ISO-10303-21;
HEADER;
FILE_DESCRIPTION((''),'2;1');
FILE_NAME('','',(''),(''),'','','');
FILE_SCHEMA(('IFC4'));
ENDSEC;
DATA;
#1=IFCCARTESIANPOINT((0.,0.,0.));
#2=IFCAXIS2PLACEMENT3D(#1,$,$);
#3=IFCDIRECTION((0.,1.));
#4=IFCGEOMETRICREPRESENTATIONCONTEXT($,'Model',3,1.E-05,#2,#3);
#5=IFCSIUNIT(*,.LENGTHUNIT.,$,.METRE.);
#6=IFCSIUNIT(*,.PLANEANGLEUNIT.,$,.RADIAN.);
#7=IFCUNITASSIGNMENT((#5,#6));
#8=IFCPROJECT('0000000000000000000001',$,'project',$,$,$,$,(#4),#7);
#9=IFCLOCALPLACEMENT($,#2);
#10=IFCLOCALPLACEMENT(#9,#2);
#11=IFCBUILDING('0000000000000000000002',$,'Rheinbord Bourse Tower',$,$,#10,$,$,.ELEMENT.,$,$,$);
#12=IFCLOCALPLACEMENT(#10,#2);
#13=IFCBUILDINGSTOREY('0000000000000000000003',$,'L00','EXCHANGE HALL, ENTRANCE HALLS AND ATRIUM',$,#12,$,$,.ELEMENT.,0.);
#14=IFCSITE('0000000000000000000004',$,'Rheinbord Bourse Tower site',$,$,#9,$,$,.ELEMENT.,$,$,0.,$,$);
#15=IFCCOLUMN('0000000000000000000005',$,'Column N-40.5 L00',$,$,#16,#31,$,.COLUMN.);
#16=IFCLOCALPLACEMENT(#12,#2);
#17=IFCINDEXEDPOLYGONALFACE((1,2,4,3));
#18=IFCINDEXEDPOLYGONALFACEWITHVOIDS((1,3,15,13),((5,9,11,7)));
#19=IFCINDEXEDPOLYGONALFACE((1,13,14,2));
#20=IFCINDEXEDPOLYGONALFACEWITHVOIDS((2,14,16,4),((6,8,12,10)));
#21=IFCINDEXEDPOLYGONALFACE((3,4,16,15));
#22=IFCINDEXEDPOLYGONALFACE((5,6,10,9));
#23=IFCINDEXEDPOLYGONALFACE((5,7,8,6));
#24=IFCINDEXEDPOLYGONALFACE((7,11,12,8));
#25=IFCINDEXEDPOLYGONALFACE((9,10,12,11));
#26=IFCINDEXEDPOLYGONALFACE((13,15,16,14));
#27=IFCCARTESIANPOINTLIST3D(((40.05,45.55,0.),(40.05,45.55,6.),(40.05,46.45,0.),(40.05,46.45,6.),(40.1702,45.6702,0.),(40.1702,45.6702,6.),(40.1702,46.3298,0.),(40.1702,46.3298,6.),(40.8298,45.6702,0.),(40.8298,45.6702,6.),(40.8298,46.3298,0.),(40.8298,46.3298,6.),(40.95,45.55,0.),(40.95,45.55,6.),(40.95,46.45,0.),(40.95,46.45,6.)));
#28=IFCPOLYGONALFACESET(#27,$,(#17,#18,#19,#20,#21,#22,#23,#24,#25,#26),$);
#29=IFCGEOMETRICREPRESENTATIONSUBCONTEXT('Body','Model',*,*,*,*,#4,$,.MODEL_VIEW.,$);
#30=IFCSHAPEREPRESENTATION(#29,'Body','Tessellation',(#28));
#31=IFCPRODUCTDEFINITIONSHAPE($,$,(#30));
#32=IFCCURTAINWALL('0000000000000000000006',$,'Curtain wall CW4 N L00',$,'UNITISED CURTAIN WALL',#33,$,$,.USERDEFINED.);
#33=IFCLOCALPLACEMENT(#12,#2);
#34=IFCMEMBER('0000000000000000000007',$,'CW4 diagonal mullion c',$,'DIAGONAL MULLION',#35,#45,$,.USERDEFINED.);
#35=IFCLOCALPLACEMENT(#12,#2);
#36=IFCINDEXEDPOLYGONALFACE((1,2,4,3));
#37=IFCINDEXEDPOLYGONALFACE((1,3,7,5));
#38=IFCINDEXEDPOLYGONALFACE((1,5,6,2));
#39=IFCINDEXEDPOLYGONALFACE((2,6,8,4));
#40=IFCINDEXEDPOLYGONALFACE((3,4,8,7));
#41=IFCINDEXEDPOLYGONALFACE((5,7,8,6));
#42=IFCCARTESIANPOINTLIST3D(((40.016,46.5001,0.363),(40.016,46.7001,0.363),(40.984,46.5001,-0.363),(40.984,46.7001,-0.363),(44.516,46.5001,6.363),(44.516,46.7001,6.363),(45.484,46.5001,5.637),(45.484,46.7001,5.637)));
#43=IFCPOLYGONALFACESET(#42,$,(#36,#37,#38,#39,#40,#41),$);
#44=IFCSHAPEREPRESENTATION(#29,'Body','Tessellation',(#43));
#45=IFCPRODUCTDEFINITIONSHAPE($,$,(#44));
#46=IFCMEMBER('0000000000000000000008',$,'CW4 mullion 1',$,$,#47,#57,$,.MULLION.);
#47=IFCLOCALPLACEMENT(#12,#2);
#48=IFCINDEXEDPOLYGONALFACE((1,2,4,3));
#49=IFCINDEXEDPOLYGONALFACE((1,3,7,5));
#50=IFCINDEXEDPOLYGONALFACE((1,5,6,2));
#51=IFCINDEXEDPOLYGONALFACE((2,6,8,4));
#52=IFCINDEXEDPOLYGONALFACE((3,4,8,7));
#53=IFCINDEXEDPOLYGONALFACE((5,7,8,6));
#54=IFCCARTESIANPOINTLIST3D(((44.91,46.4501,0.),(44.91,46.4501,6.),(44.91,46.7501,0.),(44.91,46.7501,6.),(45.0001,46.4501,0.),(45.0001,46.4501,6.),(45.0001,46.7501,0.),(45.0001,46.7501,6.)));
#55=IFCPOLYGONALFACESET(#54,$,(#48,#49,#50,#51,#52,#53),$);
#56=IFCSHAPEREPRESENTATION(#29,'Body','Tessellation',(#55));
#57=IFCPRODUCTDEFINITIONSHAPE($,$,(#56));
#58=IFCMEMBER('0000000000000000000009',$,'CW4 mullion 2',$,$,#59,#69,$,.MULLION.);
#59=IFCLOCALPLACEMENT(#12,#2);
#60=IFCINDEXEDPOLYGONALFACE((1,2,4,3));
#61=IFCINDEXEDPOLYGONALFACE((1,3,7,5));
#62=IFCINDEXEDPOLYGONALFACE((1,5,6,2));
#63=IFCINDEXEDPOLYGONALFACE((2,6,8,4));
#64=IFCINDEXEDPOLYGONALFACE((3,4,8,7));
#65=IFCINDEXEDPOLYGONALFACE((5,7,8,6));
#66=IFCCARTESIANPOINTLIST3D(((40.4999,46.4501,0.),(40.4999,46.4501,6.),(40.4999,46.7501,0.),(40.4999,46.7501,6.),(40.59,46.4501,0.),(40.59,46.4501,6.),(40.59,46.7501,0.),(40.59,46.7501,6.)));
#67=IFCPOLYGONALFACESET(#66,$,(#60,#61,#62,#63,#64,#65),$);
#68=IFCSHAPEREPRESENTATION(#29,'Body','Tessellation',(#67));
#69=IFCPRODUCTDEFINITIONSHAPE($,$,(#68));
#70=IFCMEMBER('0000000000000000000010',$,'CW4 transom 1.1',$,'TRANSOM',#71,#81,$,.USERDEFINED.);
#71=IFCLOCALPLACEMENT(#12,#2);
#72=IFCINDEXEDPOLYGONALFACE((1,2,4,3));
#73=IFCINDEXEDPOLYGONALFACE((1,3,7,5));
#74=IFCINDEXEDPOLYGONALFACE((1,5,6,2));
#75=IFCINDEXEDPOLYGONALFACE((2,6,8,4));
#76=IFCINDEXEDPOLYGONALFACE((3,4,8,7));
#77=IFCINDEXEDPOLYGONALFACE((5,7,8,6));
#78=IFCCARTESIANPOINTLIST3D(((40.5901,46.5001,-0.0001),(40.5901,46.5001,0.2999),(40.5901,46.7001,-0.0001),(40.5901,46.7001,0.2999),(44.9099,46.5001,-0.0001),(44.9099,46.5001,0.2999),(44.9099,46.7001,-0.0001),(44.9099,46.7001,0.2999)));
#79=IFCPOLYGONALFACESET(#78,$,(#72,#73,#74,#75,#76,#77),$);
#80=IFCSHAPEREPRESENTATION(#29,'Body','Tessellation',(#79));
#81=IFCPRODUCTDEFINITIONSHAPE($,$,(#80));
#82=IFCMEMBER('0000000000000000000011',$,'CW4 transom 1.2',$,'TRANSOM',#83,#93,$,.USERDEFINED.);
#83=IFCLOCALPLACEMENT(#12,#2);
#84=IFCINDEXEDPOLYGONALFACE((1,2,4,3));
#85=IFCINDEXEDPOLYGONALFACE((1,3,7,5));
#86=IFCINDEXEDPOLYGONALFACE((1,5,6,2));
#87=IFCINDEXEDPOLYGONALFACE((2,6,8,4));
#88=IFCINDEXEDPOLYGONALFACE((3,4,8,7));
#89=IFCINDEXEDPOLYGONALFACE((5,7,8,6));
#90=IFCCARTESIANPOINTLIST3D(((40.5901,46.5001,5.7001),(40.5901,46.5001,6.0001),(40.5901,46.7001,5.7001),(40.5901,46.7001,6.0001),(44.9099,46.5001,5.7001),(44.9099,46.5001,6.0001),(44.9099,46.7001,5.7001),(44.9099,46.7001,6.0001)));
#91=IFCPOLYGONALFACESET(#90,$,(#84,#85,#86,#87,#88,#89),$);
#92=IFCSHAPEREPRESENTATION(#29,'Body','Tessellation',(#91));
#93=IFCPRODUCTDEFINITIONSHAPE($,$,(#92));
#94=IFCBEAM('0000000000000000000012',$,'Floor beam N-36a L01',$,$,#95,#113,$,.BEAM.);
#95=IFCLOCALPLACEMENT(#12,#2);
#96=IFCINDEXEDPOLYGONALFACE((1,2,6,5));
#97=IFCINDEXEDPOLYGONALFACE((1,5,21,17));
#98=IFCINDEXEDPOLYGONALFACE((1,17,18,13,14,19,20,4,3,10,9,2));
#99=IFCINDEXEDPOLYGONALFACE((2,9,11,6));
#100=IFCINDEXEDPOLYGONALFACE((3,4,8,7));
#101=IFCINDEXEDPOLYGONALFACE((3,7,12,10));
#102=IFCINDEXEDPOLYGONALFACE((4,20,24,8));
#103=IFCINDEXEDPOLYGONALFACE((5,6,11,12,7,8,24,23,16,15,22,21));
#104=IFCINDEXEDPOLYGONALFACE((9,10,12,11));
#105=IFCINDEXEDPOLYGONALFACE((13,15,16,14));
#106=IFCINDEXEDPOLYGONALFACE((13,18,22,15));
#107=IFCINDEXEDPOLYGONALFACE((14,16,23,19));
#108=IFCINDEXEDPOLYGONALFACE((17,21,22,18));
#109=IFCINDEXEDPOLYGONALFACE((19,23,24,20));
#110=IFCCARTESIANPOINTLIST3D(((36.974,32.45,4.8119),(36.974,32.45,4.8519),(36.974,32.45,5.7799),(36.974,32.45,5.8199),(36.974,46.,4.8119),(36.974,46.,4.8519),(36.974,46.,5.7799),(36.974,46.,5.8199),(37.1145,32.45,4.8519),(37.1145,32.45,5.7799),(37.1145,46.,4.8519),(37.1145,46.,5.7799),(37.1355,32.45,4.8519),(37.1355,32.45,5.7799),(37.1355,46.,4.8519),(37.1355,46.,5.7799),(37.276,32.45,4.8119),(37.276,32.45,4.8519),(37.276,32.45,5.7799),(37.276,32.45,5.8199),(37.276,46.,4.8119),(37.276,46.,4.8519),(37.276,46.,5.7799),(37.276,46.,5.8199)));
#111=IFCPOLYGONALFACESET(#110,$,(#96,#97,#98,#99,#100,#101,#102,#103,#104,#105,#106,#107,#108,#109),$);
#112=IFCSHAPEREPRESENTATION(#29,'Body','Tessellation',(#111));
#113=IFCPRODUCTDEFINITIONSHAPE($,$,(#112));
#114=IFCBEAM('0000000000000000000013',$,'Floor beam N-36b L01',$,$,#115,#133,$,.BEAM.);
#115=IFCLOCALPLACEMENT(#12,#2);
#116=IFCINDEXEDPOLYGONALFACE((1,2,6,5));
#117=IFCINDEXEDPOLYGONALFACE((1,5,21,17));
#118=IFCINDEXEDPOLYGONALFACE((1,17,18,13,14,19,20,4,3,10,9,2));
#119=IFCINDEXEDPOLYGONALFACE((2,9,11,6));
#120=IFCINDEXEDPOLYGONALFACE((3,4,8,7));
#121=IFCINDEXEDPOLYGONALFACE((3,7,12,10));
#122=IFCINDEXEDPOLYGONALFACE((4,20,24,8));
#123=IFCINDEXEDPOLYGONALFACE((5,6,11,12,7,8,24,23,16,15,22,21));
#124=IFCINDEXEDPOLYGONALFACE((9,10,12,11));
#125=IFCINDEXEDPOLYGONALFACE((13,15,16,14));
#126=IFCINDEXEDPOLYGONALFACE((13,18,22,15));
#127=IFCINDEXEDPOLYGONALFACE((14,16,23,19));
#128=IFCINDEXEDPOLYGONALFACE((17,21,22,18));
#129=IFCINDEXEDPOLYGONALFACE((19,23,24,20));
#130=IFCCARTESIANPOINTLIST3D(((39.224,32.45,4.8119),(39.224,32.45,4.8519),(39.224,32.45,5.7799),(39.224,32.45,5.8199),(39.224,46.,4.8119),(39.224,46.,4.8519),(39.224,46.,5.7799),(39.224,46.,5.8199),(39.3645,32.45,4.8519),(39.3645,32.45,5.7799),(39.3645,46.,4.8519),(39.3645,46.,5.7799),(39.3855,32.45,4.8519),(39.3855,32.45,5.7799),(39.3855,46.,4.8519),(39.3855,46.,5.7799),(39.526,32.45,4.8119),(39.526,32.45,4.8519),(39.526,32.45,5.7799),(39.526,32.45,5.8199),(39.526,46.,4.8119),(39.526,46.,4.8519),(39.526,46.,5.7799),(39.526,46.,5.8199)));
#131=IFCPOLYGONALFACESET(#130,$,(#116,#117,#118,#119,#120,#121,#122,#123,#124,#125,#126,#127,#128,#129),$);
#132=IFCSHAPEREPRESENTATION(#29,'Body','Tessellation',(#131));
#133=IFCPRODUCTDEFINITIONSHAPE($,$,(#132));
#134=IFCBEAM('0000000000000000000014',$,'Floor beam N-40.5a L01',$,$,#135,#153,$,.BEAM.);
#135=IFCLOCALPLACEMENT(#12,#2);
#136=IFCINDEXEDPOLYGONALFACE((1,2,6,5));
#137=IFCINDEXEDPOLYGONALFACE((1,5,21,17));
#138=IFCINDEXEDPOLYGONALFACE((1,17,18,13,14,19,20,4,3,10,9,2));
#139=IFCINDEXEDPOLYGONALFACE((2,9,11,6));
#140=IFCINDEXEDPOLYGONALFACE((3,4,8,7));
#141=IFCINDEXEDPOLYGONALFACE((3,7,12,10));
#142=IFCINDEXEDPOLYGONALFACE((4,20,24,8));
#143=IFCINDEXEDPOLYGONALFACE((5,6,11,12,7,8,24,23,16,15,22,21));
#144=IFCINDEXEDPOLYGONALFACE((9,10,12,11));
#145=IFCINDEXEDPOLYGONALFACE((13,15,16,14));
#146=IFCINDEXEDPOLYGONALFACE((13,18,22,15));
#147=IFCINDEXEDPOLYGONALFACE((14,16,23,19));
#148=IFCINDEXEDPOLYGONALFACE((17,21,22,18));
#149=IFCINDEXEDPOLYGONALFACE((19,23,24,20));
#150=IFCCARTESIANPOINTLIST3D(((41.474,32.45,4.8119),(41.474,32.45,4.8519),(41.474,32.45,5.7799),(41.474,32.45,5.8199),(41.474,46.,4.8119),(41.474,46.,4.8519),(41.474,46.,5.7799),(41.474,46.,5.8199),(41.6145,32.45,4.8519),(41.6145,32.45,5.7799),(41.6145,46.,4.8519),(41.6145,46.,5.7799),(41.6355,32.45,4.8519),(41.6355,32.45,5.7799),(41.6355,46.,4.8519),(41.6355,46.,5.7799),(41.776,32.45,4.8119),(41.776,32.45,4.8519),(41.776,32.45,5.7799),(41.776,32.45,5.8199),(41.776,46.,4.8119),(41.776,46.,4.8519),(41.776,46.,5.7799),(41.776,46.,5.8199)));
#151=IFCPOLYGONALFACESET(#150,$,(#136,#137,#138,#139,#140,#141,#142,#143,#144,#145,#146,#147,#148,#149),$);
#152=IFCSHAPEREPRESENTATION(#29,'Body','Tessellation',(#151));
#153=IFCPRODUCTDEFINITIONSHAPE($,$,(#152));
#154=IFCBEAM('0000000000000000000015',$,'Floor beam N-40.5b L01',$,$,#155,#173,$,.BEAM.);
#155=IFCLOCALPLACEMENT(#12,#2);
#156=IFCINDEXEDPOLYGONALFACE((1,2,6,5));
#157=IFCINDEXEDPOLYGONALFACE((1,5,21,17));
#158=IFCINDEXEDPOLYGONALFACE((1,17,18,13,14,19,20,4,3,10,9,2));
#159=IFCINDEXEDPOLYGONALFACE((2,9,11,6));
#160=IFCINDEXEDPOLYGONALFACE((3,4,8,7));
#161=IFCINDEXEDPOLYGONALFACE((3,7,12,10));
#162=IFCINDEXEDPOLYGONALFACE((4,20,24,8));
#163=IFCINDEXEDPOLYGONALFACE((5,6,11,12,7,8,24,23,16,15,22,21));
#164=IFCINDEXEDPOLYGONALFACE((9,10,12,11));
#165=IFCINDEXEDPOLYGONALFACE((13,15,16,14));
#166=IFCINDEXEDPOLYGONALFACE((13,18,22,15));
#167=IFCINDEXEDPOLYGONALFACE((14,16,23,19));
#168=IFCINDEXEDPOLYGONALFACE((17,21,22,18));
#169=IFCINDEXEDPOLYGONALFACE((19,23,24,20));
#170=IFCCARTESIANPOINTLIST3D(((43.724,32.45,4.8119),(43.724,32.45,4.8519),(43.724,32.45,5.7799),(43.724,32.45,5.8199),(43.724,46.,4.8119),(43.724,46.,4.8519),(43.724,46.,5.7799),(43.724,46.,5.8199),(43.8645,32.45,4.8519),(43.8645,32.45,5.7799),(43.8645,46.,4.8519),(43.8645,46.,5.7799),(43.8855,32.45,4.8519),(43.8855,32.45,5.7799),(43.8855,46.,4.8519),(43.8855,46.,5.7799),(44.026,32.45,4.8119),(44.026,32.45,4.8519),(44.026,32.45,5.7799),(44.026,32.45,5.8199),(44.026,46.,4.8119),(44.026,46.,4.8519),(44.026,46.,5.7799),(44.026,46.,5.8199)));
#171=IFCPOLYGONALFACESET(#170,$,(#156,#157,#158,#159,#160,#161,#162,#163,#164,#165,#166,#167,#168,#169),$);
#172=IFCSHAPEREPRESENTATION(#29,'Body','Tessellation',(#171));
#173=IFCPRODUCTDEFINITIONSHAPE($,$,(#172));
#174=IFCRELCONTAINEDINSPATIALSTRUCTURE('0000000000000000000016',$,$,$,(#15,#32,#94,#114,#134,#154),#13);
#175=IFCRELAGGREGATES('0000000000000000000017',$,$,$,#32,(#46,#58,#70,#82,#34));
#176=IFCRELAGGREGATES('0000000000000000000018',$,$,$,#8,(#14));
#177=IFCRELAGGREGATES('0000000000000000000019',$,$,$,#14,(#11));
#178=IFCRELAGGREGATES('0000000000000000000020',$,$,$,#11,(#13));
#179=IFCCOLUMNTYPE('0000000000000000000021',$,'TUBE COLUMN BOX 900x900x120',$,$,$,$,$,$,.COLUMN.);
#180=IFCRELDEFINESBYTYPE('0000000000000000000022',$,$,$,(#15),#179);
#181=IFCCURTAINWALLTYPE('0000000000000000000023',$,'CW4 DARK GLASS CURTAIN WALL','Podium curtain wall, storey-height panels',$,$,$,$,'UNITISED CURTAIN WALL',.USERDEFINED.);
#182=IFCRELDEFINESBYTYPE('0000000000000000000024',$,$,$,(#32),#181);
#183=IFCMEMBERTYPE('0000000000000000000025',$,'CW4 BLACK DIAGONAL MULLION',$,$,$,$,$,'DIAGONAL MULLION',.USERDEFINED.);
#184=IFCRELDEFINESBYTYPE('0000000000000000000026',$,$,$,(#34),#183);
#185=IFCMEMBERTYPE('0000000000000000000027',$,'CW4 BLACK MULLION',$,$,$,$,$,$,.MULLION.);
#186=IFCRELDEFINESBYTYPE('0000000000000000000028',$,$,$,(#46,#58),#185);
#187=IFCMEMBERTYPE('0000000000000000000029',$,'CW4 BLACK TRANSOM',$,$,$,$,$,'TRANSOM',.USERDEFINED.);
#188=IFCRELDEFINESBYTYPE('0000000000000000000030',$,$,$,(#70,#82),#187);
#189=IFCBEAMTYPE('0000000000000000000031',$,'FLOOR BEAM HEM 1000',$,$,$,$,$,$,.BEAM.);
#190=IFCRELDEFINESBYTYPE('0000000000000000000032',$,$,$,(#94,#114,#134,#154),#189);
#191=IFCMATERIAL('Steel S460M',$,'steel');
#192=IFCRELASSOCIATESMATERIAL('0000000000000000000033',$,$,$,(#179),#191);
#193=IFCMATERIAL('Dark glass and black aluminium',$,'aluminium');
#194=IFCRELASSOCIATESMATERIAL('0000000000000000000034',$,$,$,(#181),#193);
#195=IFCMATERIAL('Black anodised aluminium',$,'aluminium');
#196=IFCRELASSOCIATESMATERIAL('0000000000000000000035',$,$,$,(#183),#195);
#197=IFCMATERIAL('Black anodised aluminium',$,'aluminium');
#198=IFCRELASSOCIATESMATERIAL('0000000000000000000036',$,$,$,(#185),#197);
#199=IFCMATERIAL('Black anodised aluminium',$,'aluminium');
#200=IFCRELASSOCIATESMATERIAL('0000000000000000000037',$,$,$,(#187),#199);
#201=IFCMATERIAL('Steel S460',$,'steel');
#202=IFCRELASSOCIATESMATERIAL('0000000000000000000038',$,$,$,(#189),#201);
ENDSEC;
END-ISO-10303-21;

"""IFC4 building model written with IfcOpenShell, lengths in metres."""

from ifc_helpers import new_model, si_unit, direction, frame, origin, origin_2d, place, context, subcontext, project, spatial, rectangle, hollow_rectangle, i_section, extrude, material, material_profile, profile_set, type_object, element, aggregate, save


model = new_model("IFC4")

# Units and contexts
model_context = context("Model", 3, precision=1e-05, world=origin(), true_north=direction((0.0, 1.0)))
body_context = subcontext(model_context, "Body", "Model", "MODEL_VIEW")
ifc_project = project(units=[si_unit("LENGTHUNIT", "METRE"), si_unit("PLANEANGLEUNIT", "RADIAN")], contexts=[model_context])

# Site, building, storey
site_placement = place(None, origin())
site = spatial("IfcSite", under=ifc_project, at=site_placement, Name="Rheinbord Bourse Tower site", CompositionType="ELEMENT", RefElevation=0.0)
building_placement = place(site_placement, origin())
building = spatial("IfcBuilding", under=site, at=building_placement, Name="Rheinbord Bourse Tower", CompositionType="ELEMENT")
storey_placement = place(building_placement, origin())
storey = spatial("IfcBuildingStorey", under=building, at=storey_placement, Name="L00", Description="EXCHANGE HALL, ENTRANCE HALLS AND ATRIUM", CompositionType="ELEMENT", Elevation=0.0)

# Column
ifc_material_1 = material(Name="Steel S460M", Category="steel")
ifc_material_profile_1 = material_profile(ifc_material_1, hollow_rectangle(XDim=0.8999, YDim=0.8999, WallThickness=0.1201, at=origin_2d()), Name="BOX 900x900x120")
ifc_profile_set_1 = profile_set([ifc_material_profile_1], Name="Steel S460M")
column_type = type_object("IfcColumnType", Name="TUBE COLUMN BOX 900x900x120", PredefinedType="COLUMN", material=ifc_profile_set_1)
column_placement = place(storey_placement, frame((40.5, 46.0, 0.0), z_axis=(0.0, 0.0, 1.0), x_axis=(0.0, 1.0, 0.0)))
element("IfcColumn", 1, at=column_placement, inside=storey, type_object=column_type, Name="Column N-40.5 L00", PredefinedType="COLUMN", context=body_context, shape_type="SweptSolid", body=[
    extrude(hollow_rectangle(XDim=0.8999, YDim=0.8999, WallThickness=0.1201, at=origin_2d()), origin(), (0.0, 0.0, 1.0), 6.0),
])

# Curtain wall, members
ifc_material_2 = material(Name="Dark glass and black aluminium", Category="aluminium")
curtain_wall_type = type_object("IfcCurtainWallType", Name="CW4 DARK GLASS CURTAIN WALL", Description="Podium curtain wall, storey-height panels", ElementType="UNITISED CURTAIN WALL", PredefinedType="USERDEFINED", material=ifc_material_2)
curtain_wall_placement = place(storey_placement, origin())
curtain_wall = element("IfcCurtainWall", 2, at=curtain_wall_placement, inside=storey, type_object=curtain_wall_type, Name="Curtain wall CW4 N L00", ObjectType="UNITISED CURTAIN WALL", PredefinedType="USERDEFINED")
ifc_material_3 = material(Name="Black anodised aluminium", Category="aluminium")
ifc_material_profile_2 = material_profile(ifc_material_3, rectangle(XDim=0.2, YDim=1.21, at=origin_2d()), Name="CW4 DIAGONAL MULLION 1210x200")
ifc_profile_set_2 = profile_set([ifc_material_profile_2], Name="Black anodised aluminium")
member_type_1 = type_object("IfcMemberType", Name="CW4 BLACK DIAGONAL MULLION", ElementType="DIAGONAL MULLION", PredefinedType="USERDEFINED", material=ifc_profile_set_2)
member_1_placement = place(storey_placement, frame((40.5, 46.6001, 0.0), z_axis=(0.6, 0.0, 0.8), x_axis=(0.0, 1.0, 0.0)))
member_1 = element("IfcMember", 3, at=member_1_placement, type_object=member_type_1, Name="CW4 diagonal mullion c", ObjectType="DIAGONAL MULLION", PredefinedType="USERDEFINED", context=body_context, shape_type="SweptSolid", body=[
    extrude(rectangle(XDim=0.2, YDim=1.21, at=origin_2d()), origin(), (0.0, 0.0, 1.0), 7.5),
])
ifc_material_4 = material(Name="Black anodised aluminium", Category="aluminium")
ifc_material_profile_3 = material_profile(ifc_material_4, rectangle(XDim=0.3, YDim=0.0901, at=origin_2d()), Name="CW4 MULLION 90x300")
ifc_profile_set_3 = profile_set([ifc_material_profile_3], Name="Black anodised aluminium")
member_type_2 = type_object("IfcMemberType", Name="CW4 BLACK MULLION", PredefinedType="MULLION", material=ifc_profile_set_3)
member_2_placement = place(storey_placement, frame((44.9551, 46.6001, 0.0), z_axis=(0.0, 0.0, 1.0), x_axis=(0.0, -1.0, 0.0)))
member_2 = element("IfcMember", 4, at=member_2_placement, type_object=member_type_2, Name="CW4 mullion 1", PredefinedType="MULLION", context=body_context, shape_type="SweptSolid", body=[
    extrude(rectangle(XDim=0.3, YDim=0.0901, at=origin_2d()), origin(), (0.0, 0.0, 1.0), 6.0),
])
member_3_placement = place(storey_placement, frame((40.5449, 46.6001, 0.0), z_axis=(0.0, 0.0, 1.0), x_axis=(0.0, -1.0, 0.0)))
member_3 = element("IfcMember", 5, at=member_3_placement, type_object=member_type_2, Name="CW4 mullion 2", PredefinedType="MULLION", context=body_context, shape_type="SweptSolid", body=[
    extrude(rectangle(XDim=0.3, YDim=0.0901, at=origin_2d()), origin(), (0.0, 0.0, 1.0), 6.0),
])
ifc_material_5 = material(Name="Black anodised aluminium", Category="aluminium")
ifc_material_profile_4 = material_profile(ifc_material_5, rectangle(XDim=0.2, YDim=0.3, at=origin_2d()), Name="CW4 TRANSOM 300x200")
ifc_profile_set_4 = profile_set([ifc_material_profile_4], Name="Black anodised aluminium")
member_type_3 = type_object("IfcMemberType", Name="CW4 BLACK TRANSOM", ElementType="TRANSOM", PredefinedType="USERDEFINED", material=ifc_profile_set_4)
member_4_placement = place(storey_placement, frame((44.9099, 46.6001, 0.1499), z_axis=(-1.0, 0.0, 0.0), x_axis=(0.0, -1.0, 0.0)))
member_4 = element("IfcMember", 6, at=member_4_placement, type_object=member_type_3, Name="CW4 transom 1.1", ObjectType="TRANSOM", PredefinedType="USERDEFINED", context=body_context, shape_type="SweptSolid", body=[
    extrude(rectangle(XDim=0.2, YDim=0.3, at=origin_2d()), origin(), (0.0, 0.0, 1.0), 4.3198),
])
member_5_placement = place(storey_placement, frame((44.9099, 46.6001, 5.8501), z_axis=(-1.0, 0.0, 0.0), x_axis=(0.0, -1.0, 0.0)))
member_5 = element("IfcMember", 7, at=member_5_placement, type_object=member_type_3, Name="CW4 transom 1.2", ObjectType="TRANSOM", PredefinedType="USERDEFINED", context=body_context, shape_type="SweptSolid", body=[
    extrude(rectangle(XDim=0.2, YDim=0.3, at=origin_2d()), origin(), (0.0, 0.0, 1.0), 4.3198),
])

# Beams
ifc_material_6 = material(Name="Steel S460", Category="steel")
ifc_material_profile_5 = material_profile(ifc_material_6, i_section(OverallWidth=0.302, OverallDepth=1.0081, WebThickness=0.021, FlangeThickness=0.04, at=origin_2d()), Name="HEM 1000")
ifc_profile_set_5 = profile_set([ifc_material_profile_5], Name="Steel S460")
beam_type_1 = type_object("IfcBeamType", Name="FLOOR BEAM HEM 1000", PredefinedType="BEAM", material=ifc_profile_set_5)
for number, where, z_axis, x_axis, name in (
    (8, (37.125, 46.0, 5.3159), (0.0, -1.0, 0.0), (1.0, 0.0, 0.0), "Floor beam N-36a L01"),
    (9, (39.375, 46.0, 5.3159), (0.0, -1.0, 0.0), (1.0, 0.0, 0.0), "Floor beam N-36b L01"),
    (10, (41.625, 46.0, 5.3159), (0.0, -1.0, 0.0), (1.0, 0.0, 0.0), "Floor beam N-40.5a L01"),
    (11, (43.875, 46.0, 5.3159), (0.0, -1.0, 0.0), (1.0, 0.0, 0.0), "Floor beam N-40.5b L01"),
):
    element("IfcBeam", number, at=place(storey_placement, frame(where, z_axis=z_axis, x_axis=x_axis)), inside=storey, type_object=beam_type_1, Name=name, PredefinedType="BEAM", context=body_context, shape_type="SweptSolid", body=[
        extrude(i_section(OverallWidth=0.302, OverallDepth=1.0081, WebThickness=0.021, FlangeThickness=0.04, at=origin_2d()), origin(), (0.0, 0.0, 1.0), 13.55),
    ])

aggregate(curtain_wall, [member_2, member_3, member_4, member_5, member_1])

save(model, "model.ifc")
